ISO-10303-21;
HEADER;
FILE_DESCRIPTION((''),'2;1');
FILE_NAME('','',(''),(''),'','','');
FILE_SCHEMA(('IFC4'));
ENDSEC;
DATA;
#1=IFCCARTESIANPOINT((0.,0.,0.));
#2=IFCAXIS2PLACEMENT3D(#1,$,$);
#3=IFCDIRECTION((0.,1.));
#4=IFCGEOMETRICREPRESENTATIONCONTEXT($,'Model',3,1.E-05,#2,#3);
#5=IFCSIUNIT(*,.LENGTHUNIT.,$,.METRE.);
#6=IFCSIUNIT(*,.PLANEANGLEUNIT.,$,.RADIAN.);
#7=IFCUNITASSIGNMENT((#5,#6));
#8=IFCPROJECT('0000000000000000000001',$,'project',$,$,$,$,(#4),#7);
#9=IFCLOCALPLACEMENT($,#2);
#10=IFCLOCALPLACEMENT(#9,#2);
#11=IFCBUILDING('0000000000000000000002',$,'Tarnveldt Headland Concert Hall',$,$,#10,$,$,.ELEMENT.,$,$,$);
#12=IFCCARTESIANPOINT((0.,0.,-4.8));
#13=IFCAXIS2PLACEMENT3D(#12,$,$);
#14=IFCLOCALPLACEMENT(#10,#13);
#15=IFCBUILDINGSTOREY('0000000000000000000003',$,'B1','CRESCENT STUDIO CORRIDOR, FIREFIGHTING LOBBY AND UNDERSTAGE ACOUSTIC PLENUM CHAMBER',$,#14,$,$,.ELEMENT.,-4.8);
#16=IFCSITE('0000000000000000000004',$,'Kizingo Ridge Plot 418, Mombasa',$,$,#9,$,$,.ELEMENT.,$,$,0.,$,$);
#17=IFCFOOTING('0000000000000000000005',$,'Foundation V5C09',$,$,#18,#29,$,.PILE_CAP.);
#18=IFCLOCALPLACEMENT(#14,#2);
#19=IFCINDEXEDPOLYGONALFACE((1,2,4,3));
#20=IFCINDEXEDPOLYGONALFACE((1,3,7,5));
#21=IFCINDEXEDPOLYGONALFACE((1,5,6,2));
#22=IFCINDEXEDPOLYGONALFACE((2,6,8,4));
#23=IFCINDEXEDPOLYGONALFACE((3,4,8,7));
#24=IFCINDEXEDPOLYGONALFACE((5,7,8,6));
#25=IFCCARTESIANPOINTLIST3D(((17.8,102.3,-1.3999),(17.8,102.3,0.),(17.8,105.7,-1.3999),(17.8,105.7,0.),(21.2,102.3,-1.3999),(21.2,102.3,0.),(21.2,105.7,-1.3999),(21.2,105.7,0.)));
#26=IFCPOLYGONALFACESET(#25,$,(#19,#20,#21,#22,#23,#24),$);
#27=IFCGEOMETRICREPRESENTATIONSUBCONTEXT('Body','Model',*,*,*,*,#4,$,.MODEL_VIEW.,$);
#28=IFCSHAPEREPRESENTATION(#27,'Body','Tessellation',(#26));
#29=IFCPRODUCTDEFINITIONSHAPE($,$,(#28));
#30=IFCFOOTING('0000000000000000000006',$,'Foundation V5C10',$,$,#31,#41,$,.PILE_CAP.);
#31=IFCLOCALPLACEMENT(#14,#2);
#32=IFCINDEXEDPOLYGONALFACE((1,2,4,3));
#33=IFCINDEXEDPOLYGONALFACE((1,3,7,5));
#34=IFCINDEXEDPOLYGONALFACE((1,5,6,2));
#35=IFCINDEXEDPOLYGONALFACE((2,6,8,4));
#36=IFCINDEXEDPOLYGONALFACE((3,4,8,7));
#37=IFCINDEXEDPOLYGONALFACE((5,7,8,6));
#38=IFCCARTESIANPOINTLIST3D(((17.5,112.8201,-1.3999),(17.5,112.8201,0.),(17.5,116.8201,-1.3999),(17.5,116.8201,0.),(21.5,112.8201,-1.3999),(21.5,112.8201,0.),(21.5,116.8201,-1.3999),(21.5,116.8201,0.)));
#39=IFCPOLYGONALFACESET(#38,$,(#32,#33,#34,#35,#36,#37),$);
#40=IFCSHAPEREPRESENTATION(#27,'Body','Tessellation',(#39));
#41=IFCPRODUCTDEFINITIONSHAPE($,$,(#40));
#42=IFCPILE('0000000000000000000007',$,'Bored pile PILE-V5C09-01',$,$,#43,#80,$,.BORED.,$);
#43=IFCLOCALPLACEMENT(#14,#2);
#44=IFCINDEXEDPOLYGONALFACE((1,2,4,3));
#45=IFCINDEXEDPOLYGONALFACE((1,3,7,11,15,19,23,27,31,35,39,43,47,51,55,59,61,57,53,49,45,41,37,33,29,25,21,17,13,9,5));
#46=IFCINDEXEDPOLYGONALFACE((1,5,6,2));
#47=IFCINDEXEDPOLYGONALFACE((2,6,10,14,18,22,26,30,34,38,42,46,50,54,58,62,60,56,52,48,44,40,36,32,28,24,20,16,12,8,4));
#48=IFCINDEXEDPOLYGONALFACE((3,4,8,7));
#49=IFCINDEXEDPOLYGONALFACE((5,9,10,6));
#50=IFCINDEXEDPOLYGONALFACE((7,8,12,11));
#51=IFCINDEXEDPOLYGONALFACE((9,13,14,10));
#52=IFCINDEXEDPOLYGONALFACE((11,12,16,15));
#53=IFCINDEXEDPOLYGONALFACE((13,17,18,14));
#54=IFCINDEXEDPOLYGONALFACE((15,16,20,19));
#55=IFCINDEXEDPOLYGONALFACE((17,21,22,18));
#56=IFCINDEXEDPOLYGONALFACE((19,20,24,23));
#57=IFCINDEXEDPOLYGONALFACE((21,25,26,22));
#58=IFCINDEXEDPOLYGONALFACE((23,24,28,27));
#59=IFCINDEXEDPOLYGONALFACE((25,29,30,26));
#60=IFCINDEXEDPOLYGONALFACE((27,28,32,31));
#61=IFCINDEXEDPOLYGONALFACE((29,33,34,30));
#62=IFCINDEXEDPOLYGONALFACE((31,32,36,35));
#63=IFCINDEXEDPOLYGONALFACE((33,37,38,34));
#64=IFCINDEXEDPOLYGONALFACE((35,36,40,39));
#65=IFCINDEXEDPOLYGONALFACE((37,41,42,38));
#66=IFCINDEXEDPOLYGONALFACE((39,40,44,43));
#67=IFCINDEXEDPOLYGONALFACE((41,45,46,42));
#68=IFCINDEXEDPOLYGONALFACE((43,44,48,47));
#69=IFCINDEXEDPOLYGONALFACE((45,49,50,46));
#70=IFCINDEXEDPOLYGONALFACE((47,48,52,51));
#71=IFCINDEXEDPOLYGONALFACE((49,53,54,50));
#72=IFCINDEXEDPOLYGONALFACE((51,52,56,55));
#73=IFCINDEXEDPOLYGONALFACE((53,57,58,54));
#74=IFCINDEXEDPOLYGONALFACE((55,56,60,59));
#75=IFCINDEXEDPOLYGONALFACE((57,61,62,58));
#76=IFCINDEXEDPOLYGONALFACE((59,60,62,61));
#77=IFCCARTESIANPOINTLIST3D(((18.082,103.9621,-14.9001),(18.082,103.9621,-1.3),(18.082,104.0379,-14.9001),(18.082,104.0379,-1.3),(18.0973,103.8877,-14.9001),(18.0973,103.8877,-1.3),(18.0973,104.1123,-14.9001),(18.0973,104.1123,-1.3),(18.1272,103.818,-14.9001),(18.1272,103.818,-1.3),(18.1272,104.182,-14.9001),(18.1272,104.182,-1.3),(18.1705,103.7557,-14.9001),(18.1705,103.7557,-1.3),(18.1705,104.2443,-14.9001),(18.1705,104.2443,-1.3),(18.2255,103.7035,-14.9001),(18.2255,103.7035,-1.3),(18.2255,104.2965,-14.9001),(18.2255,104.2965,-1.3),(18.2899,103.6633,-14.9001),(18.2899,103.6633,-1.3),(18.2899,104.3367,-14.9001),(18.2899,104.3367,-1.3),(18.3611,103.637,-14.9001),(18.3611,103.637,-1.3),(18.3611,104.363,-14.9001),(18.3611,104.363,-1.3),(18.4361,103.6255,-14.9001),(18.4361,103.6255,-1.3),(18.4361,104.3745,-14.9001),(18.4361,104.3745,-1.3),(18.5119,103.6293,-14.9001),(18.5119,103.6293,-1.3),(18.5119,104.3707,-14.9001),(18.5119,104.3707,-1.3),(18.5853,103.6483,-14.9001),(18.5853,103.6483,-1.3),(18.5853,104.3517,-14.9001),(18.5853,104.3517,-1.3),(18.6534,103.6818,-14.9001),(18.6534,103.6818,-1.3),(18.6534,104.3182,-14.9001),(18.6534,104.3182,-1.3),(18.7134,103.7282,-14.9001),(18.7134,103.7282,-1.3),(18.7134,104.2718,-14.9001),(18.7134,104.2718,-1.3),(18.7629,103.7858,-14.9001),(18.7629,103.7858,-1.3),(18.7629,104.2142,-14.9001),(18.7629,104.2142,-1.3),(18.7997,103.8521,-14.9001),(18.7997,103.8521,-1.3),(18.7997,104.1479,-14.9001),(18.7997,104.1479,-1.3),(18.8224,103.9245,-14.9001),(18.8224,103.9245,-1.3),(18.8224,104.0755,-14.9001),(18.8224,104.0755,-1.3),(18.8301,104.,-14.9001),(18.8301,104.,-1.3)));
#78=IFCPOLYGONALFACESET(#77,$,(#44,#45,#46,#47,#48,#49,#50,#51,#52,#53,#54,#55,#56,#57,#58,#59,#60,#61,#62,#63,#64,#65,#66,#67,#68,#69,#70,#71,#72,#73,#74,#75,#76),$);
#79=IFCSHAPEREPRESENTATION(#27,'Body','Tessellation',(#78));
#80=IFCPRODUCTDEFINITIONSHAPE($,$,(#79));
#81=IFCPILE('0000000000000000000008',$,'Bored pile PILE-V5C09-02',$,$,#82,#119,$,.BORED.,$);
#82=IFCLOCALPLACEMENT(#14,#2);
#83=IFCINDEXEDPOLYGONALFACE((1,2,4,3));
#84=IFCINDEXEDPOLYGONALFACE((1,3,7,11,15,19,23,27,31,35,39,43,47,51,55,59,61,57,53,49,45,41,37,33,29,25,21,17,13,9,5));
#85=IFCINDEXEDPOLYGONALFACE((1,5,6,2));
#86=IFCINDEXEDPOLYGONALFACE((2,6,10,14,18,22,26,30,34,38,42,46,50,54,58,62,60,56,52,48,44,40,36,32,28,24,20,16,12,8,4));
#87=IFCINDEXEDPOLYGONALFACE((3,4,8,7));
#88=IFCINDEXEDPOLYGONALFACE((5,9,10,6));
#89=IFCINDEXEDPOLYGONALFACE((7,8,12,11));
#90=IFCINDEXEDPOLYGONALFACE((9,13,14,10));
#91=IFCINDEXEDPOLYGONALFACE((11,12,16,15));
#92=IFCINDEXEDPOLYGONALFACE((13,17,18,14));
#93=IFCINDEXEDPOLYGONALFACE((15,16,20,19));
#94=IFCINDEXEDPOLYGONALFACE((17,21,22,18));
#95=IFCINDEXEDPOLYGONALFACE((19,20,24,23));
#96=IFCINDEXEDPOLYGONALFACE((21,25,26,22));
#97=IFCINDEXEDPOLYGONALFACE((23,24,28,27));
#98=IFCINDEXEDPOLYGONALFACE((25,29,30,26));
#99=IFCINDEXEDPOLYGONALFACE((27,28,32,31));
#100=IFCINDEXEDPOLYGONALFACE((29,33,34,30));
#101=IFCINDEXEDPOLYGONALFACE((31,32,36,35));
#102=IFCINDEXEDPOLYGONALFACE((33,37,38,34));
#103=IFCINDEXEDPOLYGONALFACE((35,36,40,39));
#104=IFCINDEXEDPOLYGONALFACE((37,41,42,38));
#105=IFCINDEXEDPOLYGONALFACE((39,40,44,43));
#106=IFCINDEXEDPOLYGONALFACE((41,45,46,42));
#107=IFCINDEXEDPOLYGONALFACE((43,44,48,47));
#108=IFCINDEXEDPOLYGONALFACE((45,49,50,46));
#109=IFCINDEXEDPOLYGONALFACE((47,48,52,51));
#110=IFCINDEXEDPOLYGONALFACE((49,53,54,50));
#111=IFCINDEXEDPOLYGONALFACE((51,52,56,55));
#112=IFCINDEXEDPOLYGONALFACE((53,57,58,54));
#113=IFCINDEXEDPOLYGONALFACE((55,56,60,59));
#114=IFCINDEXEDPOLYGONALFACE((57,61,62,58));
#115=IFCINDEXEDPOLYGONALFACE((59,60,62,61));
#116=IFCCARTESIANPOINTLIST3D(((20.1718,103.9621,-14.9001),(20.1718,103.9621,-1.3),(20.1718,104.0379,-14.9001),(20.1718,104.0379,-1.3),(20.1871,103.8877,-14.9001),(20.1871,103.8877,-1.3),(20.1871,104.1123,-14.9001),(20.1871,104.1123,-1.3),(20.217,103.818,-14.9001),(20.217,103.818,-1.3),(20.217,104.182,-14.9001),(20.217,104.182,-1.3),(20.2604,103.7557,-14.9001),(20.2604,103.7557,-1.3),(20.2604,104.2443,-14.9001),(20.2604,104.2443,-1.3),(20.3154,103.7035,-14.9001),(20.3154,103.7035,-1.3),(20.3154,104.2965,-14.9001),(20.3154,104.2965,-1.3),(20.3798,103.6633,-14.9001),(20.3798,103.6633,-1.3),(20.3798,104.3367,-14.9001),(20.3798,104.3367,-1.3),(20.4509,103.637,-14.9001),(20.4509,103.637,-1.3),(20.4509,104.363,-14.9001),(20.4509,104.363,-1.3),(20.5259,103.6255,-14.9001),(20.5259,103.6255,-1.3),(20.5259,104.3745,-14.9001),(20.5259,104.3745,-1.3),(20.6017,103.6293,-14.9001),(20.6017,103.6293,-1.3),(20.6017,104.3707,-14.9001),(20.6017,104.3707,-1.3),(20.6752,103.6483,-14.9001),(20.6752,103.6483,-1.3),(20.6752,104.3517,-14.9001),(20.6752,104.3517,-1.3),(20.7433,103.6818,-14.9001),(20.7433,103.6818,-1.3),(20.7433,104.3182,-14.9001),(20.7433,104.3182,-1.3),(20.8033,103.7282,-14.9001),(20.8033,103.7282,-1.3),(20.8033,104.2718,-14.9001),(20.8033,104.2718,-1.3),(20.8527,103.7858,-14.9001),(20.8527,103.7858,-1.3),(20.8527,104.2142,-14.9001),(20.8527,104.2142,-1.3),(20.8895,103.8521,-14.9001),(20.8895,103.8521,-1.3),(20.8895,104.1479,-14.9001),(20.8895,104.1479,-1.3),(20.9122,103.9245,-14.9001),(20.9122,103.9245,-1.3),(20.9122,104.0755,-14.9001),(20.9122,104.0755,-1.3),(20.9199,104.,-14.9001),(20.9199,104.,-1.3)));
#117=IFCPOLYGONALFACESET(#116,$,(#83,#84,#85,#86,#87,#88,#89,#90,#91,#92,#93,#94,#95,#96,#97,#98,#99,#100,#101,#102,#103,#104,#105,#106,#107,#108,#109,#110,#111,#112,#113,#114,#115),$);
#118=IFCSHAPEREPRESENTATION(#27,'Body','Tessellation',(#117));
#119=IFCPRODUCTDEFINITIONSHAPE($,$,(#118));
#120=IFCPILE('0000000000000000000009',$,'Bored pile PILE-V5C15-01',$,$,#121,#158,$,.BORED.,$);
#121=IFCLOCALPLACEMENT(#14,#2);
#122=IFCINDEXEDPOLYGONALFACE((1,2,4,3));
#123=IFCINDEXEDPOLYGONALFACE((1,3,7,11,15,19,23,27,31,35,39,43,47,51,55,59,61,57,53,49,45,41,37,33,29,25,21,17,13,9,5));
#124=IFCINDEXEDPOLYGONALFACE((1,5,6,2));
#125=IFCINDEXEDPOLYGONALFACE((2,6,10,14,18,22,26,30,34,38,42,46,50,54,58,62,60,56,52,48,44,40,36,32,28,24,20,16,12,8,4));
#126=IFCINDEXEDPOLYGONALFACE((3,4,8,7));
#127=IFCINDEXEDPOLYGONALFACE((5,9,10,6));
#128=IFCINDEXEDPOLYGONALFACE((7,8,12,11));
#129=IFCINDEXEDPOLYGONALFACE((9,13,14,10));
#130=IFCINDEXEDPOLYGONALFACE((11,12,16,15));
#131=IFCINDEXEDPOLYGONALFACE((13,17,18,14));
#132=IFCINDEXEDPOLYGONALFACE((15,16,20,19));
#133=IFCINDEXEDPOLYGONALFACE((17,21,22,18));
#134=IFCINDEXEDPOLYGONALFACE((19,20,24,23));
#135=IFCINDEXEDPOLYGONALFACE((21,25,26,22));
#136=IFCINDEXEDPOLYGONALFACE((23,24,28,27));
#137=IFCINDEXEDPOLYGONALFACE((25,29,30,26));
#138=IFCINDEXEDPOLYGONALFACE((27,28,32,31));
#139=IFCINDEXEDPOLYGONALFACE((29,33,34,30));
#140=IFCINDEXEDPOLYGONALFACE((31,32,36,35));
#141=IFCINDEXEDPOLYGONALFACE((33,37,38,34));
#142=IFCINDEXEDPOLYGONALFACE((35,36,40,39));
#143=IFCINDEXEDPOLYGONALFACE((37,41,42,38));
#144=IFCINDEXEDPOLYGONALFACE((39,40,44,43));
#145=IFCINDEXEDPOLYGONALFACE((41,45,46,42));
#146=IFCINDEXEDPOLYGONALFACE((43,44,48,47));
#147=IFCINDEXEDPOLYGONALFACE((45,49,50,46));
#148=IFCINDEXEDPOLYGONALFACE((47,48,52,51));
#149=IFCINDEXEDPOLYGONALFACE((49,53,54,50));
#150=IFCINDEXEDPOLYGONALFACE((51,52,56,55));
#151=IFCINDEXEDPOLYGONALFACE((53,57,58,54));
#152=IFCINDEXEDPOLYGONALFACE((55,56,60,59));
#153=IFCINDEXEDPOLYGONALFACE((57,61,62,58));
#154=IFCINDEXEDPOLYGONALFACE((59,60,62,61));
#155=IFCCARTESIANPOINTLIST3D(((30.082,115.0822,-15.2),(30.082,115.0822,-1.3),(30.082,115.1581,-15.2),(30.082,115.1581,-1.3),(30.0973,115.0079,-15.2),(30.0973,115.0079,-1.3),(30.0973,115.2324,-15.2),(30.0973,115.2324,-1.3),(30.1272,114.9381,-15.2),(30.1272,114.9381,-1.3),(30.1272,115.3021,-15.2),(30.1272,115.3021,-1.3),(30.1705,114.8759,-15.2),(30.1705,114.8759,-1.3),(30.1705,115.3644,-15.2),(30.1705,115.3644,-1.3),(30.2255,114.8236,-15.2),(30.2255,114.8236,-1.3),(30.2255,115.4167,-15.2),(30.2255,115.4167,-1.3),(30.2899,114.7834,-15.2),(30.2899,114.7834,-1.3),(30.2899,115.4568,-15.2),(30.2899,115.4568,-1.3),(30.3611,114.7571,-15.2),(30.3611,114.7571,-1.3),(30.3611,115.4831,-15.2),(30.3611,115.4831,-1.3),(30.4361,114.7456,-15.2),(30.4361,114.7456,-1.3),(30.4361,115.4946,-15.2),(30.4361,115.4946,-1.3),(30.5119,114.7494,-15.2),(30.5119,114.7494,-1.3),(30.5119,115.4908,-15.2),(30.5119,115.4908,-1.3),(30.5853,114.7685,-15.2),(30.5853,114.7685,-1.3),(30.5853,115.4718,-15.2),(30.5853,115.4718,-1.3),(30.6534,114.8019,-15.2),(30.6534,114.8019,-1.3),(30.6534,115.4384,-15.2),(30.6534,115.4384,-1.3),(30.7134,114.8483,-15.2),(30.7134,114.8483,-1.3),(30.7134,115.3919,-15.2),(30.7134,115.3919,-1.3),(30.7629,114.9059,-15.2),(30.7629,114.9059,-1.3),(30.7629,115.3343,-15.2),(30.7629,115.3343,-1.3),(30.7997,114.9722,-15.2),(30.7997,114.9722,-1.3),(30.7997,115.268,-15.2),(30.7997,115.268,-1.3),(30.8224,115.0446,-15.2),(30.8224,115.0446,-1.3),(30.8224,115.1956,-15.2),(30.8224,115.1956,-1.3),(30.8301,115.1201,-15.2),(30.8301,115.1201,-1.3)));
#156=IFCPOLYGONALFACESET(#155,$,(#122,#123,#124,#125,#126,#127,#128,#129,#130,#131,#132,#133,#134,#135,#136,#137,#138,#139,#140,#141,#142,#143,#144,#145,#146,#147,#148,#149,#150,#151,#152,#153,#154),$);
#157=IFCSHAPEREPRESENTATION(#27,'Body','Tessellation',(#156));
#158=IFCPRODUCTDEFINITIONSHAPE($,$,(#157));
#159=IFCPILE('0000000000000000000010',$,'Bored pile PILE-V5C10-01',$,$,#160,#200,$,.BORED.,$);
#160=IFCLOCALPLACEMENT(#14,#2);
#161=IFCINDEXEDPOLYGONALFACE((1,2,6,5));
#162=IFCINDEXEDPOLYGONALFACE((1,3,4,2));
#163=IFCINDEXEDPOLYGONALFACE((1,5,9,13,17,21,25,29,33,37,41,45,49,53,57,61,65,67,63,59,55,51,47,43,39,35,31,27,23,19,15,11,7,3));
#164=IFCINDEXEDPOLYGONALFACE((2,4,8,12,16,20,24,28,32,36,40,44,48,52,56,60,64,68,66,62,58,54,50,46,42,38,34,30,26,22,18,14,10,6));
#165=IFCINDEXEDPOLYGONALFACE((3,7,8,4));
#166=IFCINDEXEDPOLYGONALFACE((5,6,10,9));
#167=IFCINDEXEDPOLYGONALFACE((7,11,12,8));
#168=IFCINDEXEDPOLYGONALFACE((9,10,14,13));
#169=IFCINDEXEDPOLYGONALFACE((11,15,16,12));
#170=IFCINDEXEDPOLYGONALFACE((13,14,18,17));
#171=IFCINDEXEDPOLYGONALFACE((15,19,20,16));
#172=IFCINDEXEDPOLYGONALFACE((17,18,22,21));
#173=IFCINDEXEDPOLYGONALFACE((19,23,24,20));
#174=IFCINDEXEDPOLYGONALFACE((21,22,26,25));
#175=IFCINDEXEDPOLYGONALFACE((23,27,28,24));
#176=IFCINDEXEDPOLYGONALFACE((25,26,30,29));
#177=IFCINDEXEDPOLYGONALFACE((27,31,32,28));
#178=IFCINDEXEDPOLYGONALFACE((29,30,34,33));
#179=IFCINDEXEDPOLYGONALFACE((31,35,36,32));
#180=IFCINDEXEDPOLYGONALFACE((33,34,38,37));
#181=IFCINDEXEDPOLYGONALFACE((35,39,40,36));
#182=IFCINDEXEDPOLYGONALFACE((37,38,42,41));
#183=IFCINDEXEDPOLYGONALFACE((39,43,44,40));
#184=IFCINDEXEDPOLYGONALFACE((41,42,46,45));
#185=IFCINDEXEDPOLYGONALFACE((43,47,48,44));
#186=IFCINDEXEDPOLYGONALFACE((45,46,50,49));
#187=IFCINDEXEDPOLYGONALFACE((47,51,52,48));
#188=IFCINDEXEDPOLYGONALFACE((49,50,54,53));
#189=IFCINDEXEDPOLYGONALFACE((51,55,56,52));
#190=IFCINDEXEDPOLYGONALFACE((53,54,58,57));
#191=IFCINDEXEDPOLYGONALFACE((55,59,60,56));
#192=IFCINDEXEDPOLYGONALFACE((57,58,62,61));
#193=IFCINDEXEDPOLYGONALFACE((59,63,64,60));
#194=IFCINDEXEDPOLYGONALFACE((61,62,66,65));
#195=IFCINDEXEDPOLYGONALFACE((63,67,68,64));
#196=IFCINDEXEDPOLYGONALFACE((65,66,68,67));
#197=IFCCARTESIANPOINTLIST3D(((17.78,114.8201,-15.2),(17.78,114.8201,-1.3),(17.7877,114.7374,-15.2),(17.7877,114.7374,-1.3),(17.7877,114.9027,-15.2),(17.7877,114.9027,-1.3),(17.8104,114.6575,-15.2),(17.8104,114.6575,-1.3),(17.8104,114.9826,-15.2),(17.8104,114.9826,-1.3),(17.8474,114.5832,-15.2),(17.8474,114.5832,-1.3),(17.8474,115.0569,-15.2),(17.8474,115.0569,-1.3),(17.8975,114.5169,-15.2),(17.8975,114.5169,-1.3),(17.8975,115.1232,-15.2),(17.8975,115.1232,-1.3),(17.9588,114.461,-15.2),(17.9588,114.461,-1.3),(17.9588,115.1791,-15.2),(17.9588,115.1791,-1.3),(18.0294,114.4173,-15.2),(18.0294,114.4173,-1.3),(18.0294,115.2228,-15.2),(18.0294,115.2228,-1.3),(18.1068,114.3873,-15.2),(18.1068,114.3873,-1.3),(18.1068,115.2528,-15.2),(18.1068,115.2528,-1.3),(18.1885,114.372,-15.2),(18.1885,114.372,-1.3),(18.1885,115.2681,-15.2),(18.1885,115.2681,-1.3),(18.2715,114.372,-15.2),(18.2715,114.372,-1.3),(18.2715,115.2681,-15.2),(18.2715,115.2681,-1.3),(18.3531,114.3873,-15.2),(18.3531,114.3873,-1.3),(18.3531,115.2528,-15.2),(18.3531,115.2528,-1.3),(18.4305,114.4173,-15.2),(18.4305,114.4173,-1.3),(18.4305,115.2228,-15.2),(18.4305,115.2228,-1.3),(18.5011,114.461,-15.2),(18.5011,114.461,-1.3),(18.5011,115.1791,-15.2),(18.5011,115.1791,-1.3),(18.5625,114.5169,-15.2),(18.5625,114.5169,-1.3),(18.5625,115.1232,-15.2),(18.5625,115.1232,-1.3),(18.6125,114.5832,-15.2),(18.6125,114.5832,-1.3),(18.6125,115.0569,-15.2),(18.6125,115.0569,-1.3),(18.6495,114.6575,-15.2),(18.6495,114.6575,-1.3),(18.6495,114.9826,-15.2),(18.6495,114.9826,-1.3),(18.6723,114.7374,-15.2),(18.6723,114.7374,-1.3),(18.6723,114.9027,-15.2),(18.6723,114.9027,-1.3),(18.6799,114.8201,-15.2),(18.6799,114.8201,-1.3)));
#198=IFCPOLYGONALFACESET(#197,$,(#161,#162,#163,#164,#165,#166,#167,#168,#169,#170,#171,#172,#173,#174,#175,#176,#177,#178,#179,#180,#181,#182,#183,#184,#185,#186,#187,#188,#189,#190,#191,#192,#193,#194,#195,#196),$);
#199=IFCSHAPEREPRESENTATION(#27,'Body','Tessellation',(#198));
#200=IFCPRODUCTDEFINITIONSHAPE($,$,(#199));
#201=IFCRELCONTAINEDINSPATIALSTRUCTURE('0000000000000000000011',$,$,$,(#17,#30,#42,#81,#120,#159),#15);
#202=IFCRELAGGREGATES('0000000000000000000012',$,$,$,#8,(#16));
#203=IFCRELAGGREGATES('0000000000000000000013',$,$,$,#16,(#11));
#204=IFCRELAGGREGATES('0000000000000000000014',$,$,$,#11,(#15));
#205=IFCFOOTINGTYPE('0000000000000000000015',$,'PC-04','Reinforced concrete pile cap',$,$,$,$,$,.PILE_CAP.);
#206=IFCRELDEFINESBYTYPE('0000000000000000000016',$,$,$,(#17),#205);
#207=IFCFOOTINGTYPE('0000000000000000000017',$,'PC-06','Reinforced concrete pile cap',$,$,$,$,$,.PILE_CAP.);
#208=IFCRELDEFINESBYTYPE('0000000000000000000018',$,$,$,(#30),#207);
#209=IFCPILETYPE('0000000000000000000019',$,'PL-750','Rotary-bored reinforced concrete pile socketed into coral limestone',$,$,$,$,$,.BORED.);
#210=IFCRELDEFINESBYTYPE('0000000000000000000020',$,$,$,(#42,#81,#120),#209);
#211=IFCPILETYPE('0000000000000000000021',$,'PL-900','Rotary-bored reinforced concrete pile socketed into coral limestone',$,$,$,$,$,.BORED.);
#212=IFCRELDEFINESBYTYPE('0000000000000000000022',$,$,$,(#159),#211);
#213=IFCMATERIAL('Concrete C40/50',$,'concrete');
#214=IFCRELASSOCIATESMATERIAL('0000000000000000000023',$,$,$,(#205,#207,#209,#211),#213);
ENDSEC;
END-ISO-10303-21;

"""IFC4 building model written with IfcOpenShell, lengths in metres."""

from ifc_helpers import new_model, si_unit, direction, frame, origin, origin_2d, place, context, subcontext, project, spatial, rectangle, circle, extrude, material, material_profile, profile_set, type_object, element, save


model = new_model("IFC4")

# Units and contexts
model_context = context("Model", 3, precision=1e-05, world=origin(), true_north=direction((0.0, 1.0)))
body_context = subcontext(model_context, "Body", "Model", "MODEL_VIEW")
ifc_project = project(units=[si_unit("LENGTHUNIT", "METRE"), si_unit("PLANEANGLEUNIT", "RADIAN")], contexts=[model_context])

# Site, building, storey
site_placement = place(None, origin())
site = spatial("IfcSite", under=ifc_project, at=site_placement, Name="Kizingo Ridge Plot 418, Mombasa", CompositionType="ELEMENT", RefElevation=0.0)
building_placement = place(site_placement, origin())
building = spatial("IfcBuilding", under=site, at=building_placement, Name="Tarnveldt Headland Concert Hall", CompositionType="ELEMENT")
storey_placement = place(building_placement, frame((0.0, 0.0, -4.8)))
storey = spatial("IfcBuildingStorey", under=building, at=storey_placement, Name="B1", Description="CRESCENT STUDIO CORRIDOR, FIREFIGHTING LOBBY AND UNDERSTAGE ACOUSTIC PLENUM CHAMBER", CompositionType="ELEMENT", Elevation=-4.8)

# Footings
ifc_material_1 = material(Name="Concrete C40/50", Category="concrete")
footing_type_1 = type_object("IfcFootingType", Name="PC-04", Description="Reinforced concrete pile cap", PredefinedType="PILE_CAP", material=ifc_material_1)
footing_1_placement = place(storey_placement, frame((19.5, 104.0, -1.3999), z_axis=(0.0, 0.0, 1.0), x_axis=(1.0, 0.0, 0.0)))
element("IfcFooting", 1, at=footing_1_placement, inside=storey, type_object=footing_type_1, Name="Foundation V5C09", PredefinedType="PILE_CAP", context=body_context, shape_type="SweptSolid", body=[
    extrude(rectangle(XDim=3.3999, YDim=3.3999, at=origin_2d()), origin(), (0.0, 0.0, 1.0), 1.3999),
])
footing_type_2 = type_object("IfcFootingType", Name="PC-06", Description="Reinforced concrete pile cap", PredefinedType="PILE_CAP", material=ifc_material_1)
footing_2_placement = place(storey_placement, frame((19.5, 114.8201, -1.3999), z_axis=(0.0, 0.0, 1.0), x_axis=(1.0, 0.0, 0.0)))
element("IfcFooting", 2, at=footing_2_placement, inside=storey, type_object=footing_type_2, Name="Foundation V5C10", PredefinedType="PILE_CAP", context=body_context, shape_type="SweptSolid", body=[
    extrude(rectangle(XDim=4.0, YDim=4.0, at=origin_2d()), origin(), (0.0, 0.0, 1.0), 1.3999),
])

# Piles
ifc_material_profile_1 = material_profile(ifc_material_1, circle(Radius=0.375, at=origin_2d()), Name="BORED PILE D750", Category="concrete")
ifc_profile_set_1 = profile_set([ifc_material_profile_1], Name="Concrete C40/50")
pile_type_1 = type_object("IfcPileType", Name="PL-750", Description="Rotary-bored reinforced concrete pile socketed into coral limestone", PredefinedType="BORED", material=ifc_profile_set_1)
for number, where, z_axis, x_axis, name in (
    (3, (18.4551, 104.0, -1.3), (0.0, 0.0, -1.0), (1.0, 0.0, 0.0), "Bored pile PILE-V5C09-01"),
    (4, (20.5449, 104.0, -1.3), (0.0, 0.0, -1.0), (1.0, 0.0, 0.0), "Bored pile PILE-V5C09-02"),
):
    element("IfcPile", number, at=place(storey_placement, frame(where, z_axis=z_axis, x_axis=x_axis)), inside=storey, type_object=pile_type_1, Name=name, PredefinedType="BORED", context=body_context, shape_type="SweptSolid", body=[
        extrude(circle(Radius=0.375, at=origin_2d()), origin(), (0.0, 0.0, 1.0), 13.6001),
    ])
pile_1_placement = place(storey_placement, frame((30.4551, 115.1201, -1.3), z_axis=(0.0, 0.0, -1.0), x_axis=(1.0, 0.0, 0.0)))
element("IfcPile", 5, at=pile_1_placement, inside=storey, type_object=pile_type_1, Name="Bored pile PILE-V5C15-01", PredefinedType="BORED", context=body_context, shape_type="SweptSolid", body=[
    extrude(circle(Radius=0.375, at=origin_2d()), origin(), (0.0, 0.0, 1.0), 13.8999),
])
ifc_material_profile_2 = material_profile(ifc_material_1, circle(Radius=0.45, at=origin_2d()), Name="BORED PILE D900", Category="concrete")
ifc_profile_set_2 = profile_set([ifc_material_profile_2], Name="Concrete C40/50")
pile_type_2 = type_object("IfcPileType", Name="PL-900", Description="Rotary-bored reinforced concrete pile socketed into coral limestone", PredefinedType="BORED", material=ifc_profile_set_2)
for number, where, z_axis, x_axis, name in (
    (6, (18.23, 114.8201, -1.3), (0.0, 0.0, -1.0), (1.0, 0.0, 0.0), "Bored pile PILE-V5C10-01"),
):
    element("IfcPile", number, at=place(storey_placement, frame(where, z_axis=z_axis, x_axis=x_axis)), inside=storey, type_object=pile_type_2, Name=name, PredefinedType="BORED", context=body_context, shape_type="SweptSolid", body=[
        extrude(circle(Radius=0.45, at=origin_2d()), origin(), (0.0, 0.0, 1.0), 13.8999),
    ])

save(model, "model.ifc")
